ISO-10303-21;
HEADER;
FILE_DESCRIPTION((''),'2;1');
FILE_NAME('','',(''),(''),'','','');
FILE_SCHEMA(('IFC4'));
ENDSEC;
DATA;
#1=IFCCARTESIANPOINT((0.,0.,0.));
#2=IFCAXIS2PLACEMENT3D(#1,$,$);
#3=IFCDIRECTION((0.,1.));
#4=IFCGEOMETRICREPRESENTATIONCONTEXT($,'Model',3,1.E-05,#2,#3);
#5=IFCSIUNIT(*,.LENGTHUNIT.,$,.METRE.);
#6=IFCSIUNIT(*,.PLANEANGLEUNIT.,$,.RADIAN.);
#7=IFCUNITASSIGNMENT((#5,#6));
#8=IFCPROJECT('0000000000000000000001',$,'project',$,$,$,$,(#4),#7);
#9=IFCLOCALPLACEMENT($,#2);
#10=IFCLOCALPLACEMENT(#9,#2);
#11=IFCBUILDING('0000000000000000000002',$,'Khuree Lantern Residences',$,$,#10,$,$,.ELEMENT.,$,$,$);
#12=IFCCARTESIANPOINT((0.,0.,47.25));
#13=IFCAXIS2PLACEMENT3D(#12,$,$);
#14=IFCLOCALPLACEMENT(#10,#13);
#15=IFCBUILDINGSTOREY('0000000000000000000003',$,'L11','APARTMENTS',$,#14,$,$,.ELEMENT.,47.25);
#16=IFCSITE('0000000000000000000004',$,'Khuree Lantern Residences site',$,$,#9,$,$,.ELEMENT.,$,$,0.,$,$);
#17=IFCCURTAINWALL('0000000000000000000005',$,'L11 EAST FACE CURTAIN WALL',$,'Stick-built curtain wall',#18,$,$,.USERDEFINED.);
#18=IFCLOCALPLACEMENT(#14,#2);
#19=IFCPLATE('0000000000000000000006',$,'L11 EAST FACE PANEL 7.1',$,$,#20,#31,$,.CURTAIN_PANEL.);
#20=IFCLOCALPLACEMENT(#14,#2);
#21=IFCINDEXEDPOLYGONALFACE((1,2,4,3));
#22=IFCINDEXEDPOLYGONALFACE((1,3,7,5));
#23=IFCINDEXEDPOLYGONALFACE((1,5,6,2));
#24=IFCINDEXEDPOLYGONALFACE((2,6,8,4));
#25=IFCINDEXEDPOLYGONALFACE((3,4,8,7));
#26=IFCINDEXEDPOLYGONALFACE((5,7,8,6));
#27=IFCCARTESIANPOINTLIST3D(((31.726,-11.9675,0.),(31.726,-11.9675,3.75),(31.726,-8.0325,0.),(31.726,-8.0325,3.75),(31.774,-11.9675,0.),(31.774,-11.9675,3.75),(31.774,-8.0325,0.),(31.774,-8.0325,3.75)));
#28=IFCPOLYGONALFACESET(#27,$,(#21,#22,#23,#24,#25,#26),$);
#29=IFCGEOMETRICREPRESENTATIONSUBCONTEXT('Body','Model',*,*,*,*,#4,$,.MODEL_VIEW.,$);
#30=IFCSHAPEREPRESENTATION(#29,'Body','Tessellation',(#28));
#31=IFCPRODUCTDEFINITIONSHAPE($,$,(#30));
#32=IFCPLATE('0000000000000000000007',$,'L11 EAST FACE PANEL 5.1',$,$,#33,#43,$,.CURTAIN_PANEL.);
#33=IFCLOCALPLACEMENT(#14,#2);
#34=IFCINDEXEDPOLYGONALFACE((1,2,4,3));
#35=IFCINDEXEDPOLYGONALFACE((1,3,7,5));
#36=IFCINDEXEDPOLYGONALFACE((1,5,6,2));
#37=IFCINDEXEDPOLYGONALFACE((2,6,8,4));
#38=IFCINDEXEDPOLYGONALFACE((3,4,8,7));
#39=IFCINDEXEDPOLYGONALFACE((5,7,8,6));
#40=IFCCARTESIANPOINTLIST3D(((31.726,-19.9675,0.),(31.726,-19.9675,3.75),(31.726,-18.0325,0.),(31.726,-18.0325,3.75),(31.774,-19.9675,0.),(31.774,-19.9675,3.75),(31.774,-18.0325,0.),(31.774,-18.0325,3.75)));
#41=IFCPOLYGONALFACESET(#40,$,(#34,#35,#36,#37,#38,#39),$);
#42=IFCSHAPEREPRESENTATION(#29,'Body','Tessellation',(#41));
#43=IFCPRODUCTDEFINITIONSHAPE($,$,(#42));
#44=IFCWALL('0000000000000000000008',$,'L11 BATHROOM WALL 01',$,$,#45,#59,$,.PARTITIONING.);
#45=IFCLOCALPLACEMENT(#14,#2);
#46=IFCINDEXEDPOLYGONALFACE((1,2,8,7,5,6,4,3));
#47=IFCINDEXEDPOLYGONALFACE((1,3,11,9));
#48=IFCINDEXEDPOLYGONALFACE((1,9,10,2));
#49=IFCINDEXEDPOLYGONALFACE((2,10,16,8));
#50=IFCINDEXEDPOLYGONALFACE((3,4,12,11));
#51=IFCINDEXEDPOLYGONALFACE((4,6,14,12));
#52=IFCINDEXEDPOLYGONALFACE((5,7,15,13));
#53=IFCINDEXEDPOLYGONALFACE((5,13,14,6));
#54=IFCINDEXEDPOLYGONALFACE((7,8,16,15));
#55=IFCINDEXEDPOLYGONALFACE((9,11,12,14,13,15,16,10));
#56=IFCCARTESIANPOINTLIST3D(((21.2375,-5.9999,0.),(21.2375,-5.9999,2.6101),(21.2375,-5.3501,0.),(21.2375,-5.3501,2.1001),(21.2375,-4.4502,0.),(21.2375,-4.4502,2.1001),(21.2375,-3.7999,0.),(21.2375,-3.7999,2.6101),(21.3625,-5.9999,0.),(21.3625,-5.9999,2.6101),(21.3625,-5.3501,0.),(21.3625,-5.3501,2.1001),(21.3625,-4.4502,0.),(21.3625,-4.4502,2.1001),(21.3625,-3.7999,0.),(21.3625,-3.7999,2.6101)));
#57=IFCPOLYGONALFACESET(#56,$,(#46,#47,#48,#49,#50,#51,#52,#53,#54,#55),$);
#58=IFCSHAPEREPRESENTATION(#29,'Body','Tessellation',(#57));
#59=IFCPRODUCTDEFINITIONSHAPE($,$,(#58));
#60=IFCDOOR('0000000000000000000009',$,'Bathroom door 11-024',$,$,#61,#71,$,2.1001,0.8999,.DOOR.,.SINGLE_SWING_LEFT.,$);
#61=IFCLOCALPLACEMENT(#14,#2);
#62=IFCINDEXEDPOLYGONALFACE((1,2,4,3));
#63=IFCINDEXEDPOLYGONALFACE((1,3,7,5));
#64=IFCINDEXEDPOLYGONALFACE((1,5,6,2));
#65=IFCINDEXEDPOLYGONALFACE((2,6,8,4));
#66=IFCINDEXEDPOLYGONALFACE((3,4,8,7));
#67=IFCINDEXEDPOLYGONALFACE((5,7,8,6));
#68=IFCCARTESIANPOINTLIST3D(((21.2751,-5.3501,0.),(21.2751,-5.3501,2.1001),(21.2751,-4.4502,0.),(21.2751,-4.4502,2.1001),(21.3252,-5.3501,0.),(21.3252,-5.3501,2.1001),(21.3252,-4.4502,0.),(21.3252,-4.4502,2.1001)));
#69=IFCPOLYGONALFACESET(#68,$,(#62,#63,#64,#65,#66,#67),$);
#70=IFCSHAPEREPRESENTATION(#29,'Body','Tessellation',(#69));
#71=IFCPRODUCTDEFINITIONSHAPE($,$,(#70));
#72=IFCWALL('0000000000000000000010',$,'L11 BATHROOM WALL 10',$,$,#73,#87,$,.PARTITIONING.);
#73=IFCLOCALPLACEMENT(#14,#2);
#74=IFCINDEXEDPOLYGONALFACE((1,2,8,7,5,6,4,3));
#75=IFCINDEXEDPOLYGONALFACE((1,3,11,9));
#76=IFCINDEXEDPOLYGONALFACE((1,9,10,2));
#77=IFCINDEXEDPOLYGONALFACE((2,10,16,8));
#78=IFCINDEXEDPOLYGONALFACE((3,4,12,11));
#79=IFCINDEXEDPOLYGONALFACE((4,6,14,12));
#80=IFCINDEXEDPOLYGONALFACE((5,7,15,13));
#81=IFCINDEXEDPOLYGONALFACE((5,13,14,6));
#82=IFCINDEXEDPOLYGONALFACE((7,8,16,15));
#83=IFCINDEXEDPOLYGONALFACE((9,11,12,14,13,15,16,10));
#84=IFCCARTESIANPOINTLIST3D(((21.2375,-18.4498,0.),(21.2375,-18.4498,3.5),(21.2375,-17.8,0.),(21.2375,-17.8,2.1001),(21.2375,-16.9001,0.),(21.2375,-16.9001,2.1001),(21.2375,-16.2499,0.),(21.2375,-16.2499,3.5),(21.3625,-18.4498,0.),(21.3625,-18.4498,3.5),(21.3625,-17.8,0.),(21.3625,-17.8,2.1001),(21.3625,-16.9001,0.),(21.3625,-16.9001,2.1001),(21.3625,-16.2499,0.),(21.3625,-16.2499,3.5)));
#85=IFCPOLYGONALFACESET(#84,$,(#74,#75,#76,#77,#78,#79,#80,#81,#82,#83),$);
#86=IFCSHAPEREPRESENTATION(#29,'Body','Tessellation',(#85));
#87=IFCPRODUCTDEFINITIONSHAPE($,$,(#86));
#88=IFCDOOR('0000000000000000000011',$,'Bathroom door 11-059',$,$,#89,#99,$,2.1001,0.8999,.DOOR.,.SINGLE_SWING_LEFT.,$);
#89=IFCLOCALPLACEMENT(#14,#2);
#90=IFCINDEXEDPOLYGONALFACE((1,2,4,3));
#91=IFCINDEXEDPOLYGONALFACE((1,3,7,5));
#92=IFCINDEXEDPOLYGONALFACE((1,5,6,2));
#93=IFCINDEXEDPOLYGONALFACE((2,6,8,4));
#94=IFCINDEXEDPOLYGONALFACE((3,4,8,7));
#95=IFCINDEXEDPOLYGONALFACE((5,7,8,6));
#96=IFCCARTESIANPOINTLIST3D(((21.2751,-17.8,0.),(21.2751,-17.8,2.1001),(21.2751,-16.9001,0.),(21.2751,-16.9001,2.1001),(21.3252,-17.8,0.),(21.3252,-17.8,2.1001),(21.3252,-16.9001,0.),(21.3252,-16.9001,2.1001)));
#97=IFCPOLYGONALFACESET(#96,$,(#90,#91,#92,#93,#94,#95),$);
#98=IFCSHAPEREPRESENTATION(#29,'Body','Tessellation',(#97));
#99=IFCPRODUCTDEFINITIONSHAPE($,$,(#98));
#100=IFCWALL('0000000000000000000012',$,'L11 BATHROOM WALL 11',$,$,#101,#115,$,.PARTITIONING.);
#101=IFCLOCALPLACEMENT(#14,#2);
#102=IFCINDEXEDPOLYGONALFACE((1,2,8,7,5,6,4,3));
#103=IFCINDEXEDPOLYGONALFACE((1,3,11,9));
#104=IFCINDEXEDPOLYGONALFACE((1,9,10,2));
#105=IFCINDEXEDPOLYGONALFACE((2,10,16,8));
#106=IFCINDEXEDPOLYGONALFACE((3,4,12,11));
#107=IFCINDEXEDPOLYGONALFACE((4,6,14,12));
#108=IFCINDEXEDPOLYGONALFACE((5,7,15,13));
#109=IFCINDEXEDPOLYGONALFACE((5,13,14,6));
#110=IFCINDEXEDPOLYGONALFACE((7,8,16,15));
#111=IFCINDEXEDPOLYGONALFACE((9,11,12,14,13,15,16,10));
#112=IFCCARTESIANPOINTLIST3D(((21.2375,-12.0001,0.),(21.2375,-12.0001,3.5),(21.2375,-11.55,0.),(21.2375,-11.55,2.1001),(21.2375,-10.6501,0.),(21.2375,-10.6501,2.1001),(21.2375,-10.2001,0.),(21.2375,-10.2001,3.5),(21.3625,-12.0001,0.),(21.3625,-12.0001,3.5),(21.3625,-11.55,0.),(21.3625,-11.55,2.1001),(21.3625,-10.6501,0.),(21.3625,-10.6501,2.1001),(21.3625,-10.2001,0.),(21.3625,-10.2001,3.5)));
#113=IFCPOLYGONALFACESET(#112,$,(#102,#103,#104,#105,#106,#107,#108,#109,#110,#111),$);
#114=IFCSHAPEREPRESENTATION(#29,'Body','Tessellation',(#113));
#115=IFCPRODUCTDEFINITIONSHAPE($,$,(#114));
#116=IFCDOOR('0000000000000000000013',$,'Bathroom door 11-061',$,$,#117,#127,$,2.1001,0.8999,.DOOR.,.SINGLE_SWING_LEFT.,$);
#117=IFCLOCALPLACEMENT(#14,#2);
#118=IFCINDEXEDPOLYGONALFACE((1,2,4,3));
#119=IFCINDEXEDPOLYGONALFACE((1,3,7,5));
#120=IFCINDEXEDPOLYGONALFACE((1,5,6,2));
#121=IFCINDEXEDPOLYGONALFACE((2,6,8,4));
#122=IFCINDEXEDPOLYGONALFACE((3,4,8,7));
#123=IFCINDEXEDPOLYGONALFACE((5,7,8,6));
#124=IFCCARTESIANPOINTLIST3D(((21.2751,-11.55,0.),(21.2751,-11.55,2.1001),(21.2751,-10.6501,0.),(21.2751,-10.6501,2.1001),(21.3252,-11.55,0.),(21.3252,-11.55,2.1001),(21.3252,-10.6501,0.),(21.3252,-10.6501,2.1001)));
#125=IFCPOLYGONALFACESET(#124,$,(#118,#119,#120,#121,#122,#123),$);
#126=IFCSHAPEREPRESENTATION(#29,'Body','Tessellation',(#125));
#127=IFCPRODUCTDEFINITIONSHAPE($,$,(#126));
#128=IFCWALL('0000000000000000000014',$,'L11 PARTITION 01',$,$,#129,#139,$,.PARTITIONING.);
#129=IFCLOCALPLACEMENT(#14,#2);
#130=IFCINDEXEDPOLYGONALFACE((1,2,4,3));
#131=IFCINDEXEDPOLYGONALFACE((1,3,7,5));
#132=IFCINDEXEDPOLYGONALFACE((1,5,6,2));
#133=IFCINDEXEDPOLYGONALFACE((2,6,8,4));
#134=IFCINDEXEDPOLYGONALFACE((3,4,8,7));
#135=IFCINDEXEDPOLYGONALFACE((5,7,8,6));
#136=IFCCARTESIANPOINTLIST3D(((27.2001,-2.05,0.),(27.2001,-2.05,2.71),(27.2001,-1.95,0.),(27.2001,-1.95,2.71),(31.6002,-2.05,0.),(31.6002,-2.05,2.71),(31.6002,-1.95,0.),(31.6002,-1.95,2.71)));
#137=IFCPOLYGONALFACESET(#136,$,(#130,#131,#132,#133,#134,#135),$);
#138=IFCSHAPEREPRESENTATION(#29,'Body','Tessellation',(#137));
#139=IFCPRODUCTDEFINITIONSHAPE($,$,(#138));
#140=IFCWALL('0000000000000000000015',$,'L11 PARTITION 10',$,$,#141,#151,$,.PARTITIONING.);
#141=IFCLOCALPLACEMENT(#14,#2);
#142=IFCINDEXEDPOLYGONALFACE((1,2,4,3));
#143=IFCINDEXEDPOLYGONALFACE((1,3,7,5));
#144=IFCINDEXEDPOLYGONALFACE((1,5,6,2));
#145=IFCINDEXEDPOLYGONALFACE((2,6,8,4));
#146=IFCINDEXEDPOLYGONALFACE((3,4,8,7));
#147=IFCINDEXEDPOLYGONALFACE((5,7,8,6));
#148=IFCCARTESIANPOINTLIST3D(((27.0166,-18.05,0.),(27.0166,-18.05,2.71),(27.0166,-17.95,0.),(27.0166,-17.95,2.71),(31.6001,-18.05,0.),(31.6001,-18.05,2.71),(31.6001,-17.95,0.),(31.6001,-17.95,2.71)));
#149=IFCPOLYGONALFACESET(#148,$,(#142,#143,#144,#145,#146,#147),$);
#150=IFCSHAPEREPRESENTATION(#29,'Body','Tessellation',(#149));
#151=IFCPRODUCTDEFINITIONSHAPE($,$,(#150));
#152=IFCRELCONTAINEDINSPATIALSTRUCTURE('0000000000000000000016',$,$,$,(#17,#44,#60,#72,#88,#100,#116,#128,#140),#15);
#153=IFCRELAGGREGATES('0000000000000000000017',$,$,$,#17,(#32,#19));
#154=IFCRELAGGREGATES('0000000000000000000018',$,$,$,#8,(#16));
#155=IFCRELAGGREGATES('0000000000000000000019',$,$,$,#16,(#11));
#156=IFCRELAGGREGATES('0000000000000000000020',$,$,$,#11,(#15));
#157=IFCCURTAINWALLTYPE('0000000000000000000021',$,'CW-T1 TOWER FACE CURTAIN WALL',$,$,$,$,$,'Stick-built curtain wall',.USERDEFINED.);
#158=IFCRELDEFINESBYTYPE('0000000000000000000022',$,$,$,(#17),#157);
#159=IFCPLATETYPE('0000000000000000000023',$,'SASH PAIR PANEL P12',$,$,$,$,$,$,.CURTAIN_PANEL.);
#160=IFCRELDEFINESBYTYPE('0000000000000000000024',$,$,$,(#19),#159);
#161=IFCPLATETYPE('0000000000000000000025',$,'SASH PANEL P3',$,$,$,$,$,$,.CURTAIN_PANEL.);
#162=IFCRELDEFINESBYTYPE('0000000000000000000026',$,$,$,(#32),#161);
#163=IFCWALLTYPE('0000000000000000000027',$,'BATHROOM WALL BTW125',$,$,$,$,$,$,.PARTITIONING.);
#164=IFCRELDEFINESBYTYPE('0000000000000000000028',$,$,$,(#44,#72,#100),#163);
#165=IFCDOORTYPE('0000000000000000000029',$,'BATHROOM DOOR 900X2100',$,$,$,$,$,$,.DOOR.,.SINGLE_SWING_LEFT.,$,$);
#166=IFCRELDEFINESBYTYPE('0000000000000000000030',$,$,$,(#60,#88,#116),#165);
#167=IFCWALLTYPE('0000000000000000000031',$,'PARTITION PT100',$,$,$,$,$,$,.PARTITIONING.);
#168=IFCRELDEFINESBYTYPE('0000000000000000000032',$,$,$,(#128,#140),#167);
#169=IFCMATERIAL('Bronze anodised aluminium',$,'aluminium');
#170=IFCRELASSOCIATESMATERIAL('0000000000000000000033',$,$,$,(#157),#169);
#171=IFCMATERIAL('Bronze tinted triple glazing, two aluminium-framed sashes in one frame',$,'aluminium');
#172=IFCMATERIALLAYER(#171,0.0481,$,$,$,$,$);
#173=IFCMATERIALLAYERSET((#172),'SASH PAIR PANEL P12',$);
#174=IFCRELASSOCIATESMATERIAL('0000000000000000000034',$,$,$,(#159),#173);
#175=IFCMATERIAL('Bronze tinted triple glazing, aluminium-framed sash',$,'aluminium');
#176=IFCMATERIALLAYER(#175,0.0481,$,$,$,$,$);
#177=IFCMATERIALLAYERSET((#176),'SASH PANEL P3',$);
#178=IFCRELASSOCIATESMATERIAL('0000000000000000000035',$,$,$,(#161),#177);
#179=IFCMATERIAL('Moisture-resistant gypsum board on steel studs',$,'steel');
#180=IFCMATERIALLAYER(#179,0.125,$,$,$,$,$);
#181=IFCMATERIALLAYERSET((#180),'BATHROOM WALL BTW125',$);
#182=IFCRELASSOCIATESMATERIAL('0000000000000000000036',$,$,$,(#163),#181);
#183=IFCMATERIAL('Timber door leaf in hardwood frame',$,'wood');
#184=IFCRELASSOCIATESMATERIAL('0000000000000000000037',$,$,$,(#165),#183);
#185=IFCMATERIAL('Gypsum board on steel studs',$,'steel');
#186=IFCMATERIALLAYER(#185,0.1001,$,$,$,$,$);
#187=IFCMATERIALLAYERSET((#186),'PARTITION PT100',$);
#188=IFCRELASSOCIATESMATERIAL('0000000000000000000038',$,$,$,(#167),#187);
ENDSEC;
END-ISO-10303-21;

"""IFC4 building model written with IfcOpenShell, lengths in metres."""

from ifc_helpers import new_model, si_unit, direction, frame, frame_2d, origin, origin_2d, place, context, subcontext, project, spatial, rectangle, extrude, material, layer, layer_set, type_object, element, fill, aggregate, save


model = new_model("IFC4")

# Units and contexts
model_context = context("Model", 3, precision=1e-05, world=origin(), true_north=direction((0.0, 1.0)))
body_context = subcontext(model_context, "Body", "Model", "MODEL_VIEW")
ifc_project = project(units=[si_unit("LENGTHUNIT", "METRE"), si_unit("PLANEANGLEUNIT", "RADIAN")], contexts=[model_context])

# Site, building, storey
site_placement = place(None, origin())
site = spatial("IfcSite", under=ifc_project, at=site_placement, Name="Khuree Lantern Residences site", CompositionType="ELEMENT", RefElevation=0.0)
building_placement = place(site_placement, origin())
building = spatial("IfcBuilding", under=site, at=building_placement, Name="Khuree Lantern Residences", CompositionType="ELEMENT")
storey_placement = place(building_placement, frame((0.0, 0.0, 47.25)))
storey = spatial("IfcBuildingStorey", under=building, at=storey_placement, Name="L11", Description="APARTMENTS", CompositionType="ELEMENT", Elevation=47.25)

# Curtain wall
ifc_material_1 = material(Name="Bronze anodised aluminium", Category="aluminium")
curtain_wall_type = type_object("IfcCurtainWallType", Name="CW-T1 TOWER FACE CURTAIN WALL", ElementType="Stick-built curtain wall", PredefinedType="USERDEFINED", material=ifc_material_1)
curtain_wall_placement = place(storey_placement, origin())
curtain_wall = element("IfcCurtainWall", 1, at=curtain_wall_placement, inside=storey, type_object=curtain_wall_type, Name="L11 EAST FACE CURTAIN WALL", ObjectType="Stick-built curtain wall", PredefinedType="USERDEFINED")

# Plates
ifc_material_2 = material(Name="Bronze tinted triple glazing, two aluminium-framed sashes in one frame", Category="aluminium")
ifc_layer_1 = layer(ifc_material_2, 0.0481)
ifc_layer_set_1 = layer_set([ifc_layer_1], Name="SASH PAIR PANEL P12")
plate_type_1 = type_object("IfcPlateType", Name="SASH PAIR PANEL P12", PredefinedType="CURTAIN_PANEL", material=ifc_layer_set_1)
plate_1_placement = place(storey_placement, frame((31.75, -10.0, 0.0), z_axis=(0.0, 0.0, 1.0), x_axis=(0.0, 1.0, 0.0)))
plate_1 = element("IfcPlate", 2, at=plate_1_placement, type_object=plate_type_1, Name="L11 EAST FACE PANEL 7.1", PredefinedType="CURTAIN_PANEL", context=body_context, shape_type="SweptSolid", body=[
    extrude(rectangle(XDim=3.9351, YDim=0.0481, at=origin_2d()), origin(), (0.0, 0.0, 1.0), 3.75),
])
ifc_material_3 = material(Name="Bronze tinted triple glazing, aluminium-framed sash", Category="aluminium")
ifc_layer_2 = layer(ifc_material_3, 0.0481)
ifc_layer_set_2 = layer_set([ifc_layer_2], Name="SASH PANEL P3")
plate_type_2 = type_object("IfcPlateType", Name="SASH PANEL P3", PredefinedType="CURTAIN_PANEL", material=ifc_layer_set_2)
plate_2_placement = place(storey_placement, frame((31.75, -19.0, 0.0), z_axis=(0.0, 0.0, 1.0), x_axis=(0.0, 1.0, 0.0)))
plate_2 = element("IfcPlate", 3, at=plate_2_placement, type_object=plate_type_2, Name="L11 EAST FACE PANEL 5.1", PredefinedType="CURTAIN_PANEL", context=body_context, shape_type="SweptSolid", body=[
    extrude(rectangle(XDim=1.9351, YDim=0.0481, at=origin_2d()), origin(), (0.0, 0.0, 1.0), 3.75),
])
aggregate(curtain_wall, [plate_2, plate_1])

# Walls, openings, doors
ifc_material_4 = material(Name="Moisture-resistant gypsum board on steel studs", Category="steel")
ifc_layer_3 = layer(ifc_material_4, 0.125)
ifc_layer_set_3 = layer_set([ifc_layer_3], Name="BATHROOM WALL BTW125")
wall_type_1 = type_object("IfcWallType", Name="BATHROOM WALL BTW125", PredefinedType="PARTITIONING", material=ifc_layer_set_3)
wall_1_placement = place(storey_placement, frame((21.3, -6.0, 0.0), z_axis=(0.0, 0.0, 1.0), x_axis=(0.0, 1.0, 0.0)))
wall_1 = element("IfcWall", 4, at=wall_1_placement, inside=storey, type_object=wall_type_1, Name="L11 BATHROOM WALL 01", PredefinedType="PARTITIONING", context=body_context, shape_type="SweptSolid", body=[
    extrude(rectangle(XDim=2.2, YDim=0.125, at=frame_2d((1.1001, 0.0))), origin(), (0.0, 0.0, 1.0), 2.6101),
])
opening_1_placement = place(wall_1_placement, frame((0.6499, 0.0, 0.0)))
opening_1 = element("IfcOpeningElement", 5, at=opening_1_placement, cuts=wall_1, PredefinedType="OPENING", context=body_context, shape_type="SweptSolid", body=[
    extrude(rectangle(XDim=0.8999, YDim=2.1001, at=frame_2d((0.45, 1.05))), frame((0.0, 0.0725, 0.0), z_axis=(0.0, -1.0, 0.0), x_axis=(1.0, 0.0, 0.0)), (0.0, 0.0, 1.0), 0.145),
])
ifc_material_5 = material(Name="Timber door leaf in hardwood frame", Category="wood")
door_type_1 = type_object("IfcDoorType", Name="BATHROOM DOOR 900X2100", OperationType="SINGLE_SWING_LEFT", PredefinedType="DOOR", material=ifc_material_5)
door_1_placement = place(opening_1_placement, origin())
door_1 = element("IfcDoor", 6, at=door_1_placement, inside=storey, type_object=door_type_1, Name="Bathroom door 11-024", OperationType="SINGLE_SWING_LEFT", OverallHeight=2.1001, OverallWidth=0.8999, PredefinedType="DOOR", context=body_context, shape_type="SweptSolid", body=[
    extrude(rectangle(XDim=0.8999, YDim=2.1001, at=frame_2d((0.45, 1.05))), frame((0.0, 0.0249, 0.0), z_axis=(0.0, -1.0, 0.0), x_axis=(1.0, 0.0, 0.0)), (0.0, 0.0, 1.0), 0.05),
])
fill(opening_1, door_1)
wall_2_placement = place(storey_placement, frame((21.3, -18.45, 0.0), z_axis=(0.0, 0.0, 1.0), x_axis=(0.0, 1.0, 0.0)))
wall_2 = element("IfcWall", 7, at=wall_2_placement, inside=storey, type_object=wall_type_1, Name="L11 BATHROOM WALL 10", PredefinedType="PARTITIONING", context=body_context, shape_type="SweptSolid", body=[
    extrude(rectangle(XDim=2.2, YDim=0.125, at=frame_2d((1.1001, 0.0))), origin(), (0.0, 0.0, 1.0), 3.5),
])
opening_2_placement = place(wall_2_placement, frame((0.6499, 0.0, 0.0)))
opening_2 = element("IfcOpeningElement", 8, at=opening_2_placement, cuts=wall_2, PredefinedType="OPENING", context=body_context, shape_type="SweptSolid", body=[
    extrude(rectangle(XDim=0.8999, YDim=2.1001, at=frame_2d((0.45, 1.05))), frame((0.0, 0.0725, 0.0), z_axis=(0.0, -1.0, 0.0), x_axis=(1.0, 0.0, 0.0)), (0.0, 0.0, 1.0), 0.145),
])
door_2_placement = place(opening_2_placement, origin())
door_2 = element("IfcDoor", 9, at=door_2_placement, inside=storey, type_object=door_type_1, Name="Bathroom door 11-059", OperationType="SINGLE_SWING_LEFT", OverallHeight=2.1001, OverallWidth=0.8999, PredefinedType="DOOR", context=body_context, shape_type="SweptSolid", body=[
    extrude(rectangle(XDim=0.8999, YDim=2.1001, at=frame_2d((0.45, 1.05))), frame((0.0, 0.0249, 0.0), z_axis=(0.0, -1.0, 0.0), x_axis=(1.0, 0.0, 0.0)), (0.0, 0.0, 1.0), 0.05),
])
fill(opening_2, door_2)
wall_3_placement = place(storey_placement, frame((21.3, -12.0, 0.0), z_axis=(0.0, 0.0, 1.0), x_axis=(0.0, 1.0, 0.0)))
wall_3 = element("IfcWall", 10, at=wall_3_placement, inside=storey, type_object=wall_type_1, Name="L11 BATHROOM WALL 11", PredefinedType="PARTITIONING", context=body_context, shape_type="SweptSolid", body=[
    extrude(rectangle(XDim=1.8, YDim=0.125, at=frame_2d((0.8999, 0.0))), origin(), (0.0, 0.0, 1.0), 3.5),
])
opening_3_placement = place(wall_3_placement, frame((0.45, 0.0, 0.0)))
opening_3 = element("IfcOpeningElement", 11, at=opening_3_placement, cuts=wall_3, PredefinedType="OPENING", context=body_context, shape_type="SweptSolid", body=[
    extrude(rectangle(XDim=0.8999, YDim=2.1001, at=frame_2d((0.45, 1.05))), frame((0.0, 0.0725, 0.0), z_axis=(0.0, -1.0, 0.0), x_axis=(1.0, 0.0, 0.0)), (0.0, 0.0, 1.0), 0.145),
])
door_3_placement = place(opening_3_placement, origin())
door_3 = element("IfcDoor", 12, at=door_3_placement, inside=storey, type_object=door_type_1, Name="Bathroom door 11-061", OperationType="SINGLE_SWING_LEFT", OverallHeight=2.1001, OverallWidth=0.8999, PredefinedType="DOOR", context=body_context, shape_type="SweptSolid", body=[
    extrude(rectangle(XDim=0.8999, YDim=2.1001, at=frame_2d((0.45, 1.05))), frame((0.0, 0.0249, 0.0), z_axis=(0.0, -1.0, 0.0), x_axis=(1.0, 0.0, 0.0)), (0.0, 0.0, 1.0), 0.05),
])
fill(opening_3, door_3)

# Walls
ifc_material_6 = material(Name="Gypsum board on steel studs", Category="steel")
ifc_layer_4 = layer(ifc_material_6, 0.1001)
ifc_layer_set_4 = layer_set([ifc_layer_4], Name="PARTITION PT100")
wall_type_2 = type_object("IfcWallType", Name="PARTITION PT100", PredefinedType="PARTITIONING", material=ifc_layer_set_4)
wall_4_placement = place(storey_placement, frame((27.2, -2.0, 0.0), z_axis=(0.0, 0.0, 1.0), x_axis=(1.0, 0.0, 0.0)))
element("IfcWall", 13, at=wall_4_placement, inside=storey, type_object=wall_type_2, Name="L11 PARTITION 01", PredefinedType="PARTITIONING", context=body_context, shape_type="SweptSolid", body=[
    extrude(rectangle(XDim=4.4001, YDim=0.1001, at=frame_2d((2.2002, 0.0))), origin(), (0.0, 0.0, 1.0), 2.71),
])
wall_5_placement = place(storey_placement, frame((27.0166, -18.0, 0.0), z_axis=(0.0, 0.0, 1.0), x_axis=(1.0, 0.0, 0.0)))
element("IfcWall", 14, at=wall_5_placement, inside=storey, type_object=wall_type_2, Name="L11 PARTITION 10", PredefinedType="PARTITIONING", context=body_context, shape_type="SweptSolid", body=[
    extrude(rectangle(XDim=4.5835, YDim=0.1001, at=frame_2d((2.2917, 0.0))), origin(), (0.0, 0.0, 1.0), 2.71),
])

save(model, "model.ifc")
